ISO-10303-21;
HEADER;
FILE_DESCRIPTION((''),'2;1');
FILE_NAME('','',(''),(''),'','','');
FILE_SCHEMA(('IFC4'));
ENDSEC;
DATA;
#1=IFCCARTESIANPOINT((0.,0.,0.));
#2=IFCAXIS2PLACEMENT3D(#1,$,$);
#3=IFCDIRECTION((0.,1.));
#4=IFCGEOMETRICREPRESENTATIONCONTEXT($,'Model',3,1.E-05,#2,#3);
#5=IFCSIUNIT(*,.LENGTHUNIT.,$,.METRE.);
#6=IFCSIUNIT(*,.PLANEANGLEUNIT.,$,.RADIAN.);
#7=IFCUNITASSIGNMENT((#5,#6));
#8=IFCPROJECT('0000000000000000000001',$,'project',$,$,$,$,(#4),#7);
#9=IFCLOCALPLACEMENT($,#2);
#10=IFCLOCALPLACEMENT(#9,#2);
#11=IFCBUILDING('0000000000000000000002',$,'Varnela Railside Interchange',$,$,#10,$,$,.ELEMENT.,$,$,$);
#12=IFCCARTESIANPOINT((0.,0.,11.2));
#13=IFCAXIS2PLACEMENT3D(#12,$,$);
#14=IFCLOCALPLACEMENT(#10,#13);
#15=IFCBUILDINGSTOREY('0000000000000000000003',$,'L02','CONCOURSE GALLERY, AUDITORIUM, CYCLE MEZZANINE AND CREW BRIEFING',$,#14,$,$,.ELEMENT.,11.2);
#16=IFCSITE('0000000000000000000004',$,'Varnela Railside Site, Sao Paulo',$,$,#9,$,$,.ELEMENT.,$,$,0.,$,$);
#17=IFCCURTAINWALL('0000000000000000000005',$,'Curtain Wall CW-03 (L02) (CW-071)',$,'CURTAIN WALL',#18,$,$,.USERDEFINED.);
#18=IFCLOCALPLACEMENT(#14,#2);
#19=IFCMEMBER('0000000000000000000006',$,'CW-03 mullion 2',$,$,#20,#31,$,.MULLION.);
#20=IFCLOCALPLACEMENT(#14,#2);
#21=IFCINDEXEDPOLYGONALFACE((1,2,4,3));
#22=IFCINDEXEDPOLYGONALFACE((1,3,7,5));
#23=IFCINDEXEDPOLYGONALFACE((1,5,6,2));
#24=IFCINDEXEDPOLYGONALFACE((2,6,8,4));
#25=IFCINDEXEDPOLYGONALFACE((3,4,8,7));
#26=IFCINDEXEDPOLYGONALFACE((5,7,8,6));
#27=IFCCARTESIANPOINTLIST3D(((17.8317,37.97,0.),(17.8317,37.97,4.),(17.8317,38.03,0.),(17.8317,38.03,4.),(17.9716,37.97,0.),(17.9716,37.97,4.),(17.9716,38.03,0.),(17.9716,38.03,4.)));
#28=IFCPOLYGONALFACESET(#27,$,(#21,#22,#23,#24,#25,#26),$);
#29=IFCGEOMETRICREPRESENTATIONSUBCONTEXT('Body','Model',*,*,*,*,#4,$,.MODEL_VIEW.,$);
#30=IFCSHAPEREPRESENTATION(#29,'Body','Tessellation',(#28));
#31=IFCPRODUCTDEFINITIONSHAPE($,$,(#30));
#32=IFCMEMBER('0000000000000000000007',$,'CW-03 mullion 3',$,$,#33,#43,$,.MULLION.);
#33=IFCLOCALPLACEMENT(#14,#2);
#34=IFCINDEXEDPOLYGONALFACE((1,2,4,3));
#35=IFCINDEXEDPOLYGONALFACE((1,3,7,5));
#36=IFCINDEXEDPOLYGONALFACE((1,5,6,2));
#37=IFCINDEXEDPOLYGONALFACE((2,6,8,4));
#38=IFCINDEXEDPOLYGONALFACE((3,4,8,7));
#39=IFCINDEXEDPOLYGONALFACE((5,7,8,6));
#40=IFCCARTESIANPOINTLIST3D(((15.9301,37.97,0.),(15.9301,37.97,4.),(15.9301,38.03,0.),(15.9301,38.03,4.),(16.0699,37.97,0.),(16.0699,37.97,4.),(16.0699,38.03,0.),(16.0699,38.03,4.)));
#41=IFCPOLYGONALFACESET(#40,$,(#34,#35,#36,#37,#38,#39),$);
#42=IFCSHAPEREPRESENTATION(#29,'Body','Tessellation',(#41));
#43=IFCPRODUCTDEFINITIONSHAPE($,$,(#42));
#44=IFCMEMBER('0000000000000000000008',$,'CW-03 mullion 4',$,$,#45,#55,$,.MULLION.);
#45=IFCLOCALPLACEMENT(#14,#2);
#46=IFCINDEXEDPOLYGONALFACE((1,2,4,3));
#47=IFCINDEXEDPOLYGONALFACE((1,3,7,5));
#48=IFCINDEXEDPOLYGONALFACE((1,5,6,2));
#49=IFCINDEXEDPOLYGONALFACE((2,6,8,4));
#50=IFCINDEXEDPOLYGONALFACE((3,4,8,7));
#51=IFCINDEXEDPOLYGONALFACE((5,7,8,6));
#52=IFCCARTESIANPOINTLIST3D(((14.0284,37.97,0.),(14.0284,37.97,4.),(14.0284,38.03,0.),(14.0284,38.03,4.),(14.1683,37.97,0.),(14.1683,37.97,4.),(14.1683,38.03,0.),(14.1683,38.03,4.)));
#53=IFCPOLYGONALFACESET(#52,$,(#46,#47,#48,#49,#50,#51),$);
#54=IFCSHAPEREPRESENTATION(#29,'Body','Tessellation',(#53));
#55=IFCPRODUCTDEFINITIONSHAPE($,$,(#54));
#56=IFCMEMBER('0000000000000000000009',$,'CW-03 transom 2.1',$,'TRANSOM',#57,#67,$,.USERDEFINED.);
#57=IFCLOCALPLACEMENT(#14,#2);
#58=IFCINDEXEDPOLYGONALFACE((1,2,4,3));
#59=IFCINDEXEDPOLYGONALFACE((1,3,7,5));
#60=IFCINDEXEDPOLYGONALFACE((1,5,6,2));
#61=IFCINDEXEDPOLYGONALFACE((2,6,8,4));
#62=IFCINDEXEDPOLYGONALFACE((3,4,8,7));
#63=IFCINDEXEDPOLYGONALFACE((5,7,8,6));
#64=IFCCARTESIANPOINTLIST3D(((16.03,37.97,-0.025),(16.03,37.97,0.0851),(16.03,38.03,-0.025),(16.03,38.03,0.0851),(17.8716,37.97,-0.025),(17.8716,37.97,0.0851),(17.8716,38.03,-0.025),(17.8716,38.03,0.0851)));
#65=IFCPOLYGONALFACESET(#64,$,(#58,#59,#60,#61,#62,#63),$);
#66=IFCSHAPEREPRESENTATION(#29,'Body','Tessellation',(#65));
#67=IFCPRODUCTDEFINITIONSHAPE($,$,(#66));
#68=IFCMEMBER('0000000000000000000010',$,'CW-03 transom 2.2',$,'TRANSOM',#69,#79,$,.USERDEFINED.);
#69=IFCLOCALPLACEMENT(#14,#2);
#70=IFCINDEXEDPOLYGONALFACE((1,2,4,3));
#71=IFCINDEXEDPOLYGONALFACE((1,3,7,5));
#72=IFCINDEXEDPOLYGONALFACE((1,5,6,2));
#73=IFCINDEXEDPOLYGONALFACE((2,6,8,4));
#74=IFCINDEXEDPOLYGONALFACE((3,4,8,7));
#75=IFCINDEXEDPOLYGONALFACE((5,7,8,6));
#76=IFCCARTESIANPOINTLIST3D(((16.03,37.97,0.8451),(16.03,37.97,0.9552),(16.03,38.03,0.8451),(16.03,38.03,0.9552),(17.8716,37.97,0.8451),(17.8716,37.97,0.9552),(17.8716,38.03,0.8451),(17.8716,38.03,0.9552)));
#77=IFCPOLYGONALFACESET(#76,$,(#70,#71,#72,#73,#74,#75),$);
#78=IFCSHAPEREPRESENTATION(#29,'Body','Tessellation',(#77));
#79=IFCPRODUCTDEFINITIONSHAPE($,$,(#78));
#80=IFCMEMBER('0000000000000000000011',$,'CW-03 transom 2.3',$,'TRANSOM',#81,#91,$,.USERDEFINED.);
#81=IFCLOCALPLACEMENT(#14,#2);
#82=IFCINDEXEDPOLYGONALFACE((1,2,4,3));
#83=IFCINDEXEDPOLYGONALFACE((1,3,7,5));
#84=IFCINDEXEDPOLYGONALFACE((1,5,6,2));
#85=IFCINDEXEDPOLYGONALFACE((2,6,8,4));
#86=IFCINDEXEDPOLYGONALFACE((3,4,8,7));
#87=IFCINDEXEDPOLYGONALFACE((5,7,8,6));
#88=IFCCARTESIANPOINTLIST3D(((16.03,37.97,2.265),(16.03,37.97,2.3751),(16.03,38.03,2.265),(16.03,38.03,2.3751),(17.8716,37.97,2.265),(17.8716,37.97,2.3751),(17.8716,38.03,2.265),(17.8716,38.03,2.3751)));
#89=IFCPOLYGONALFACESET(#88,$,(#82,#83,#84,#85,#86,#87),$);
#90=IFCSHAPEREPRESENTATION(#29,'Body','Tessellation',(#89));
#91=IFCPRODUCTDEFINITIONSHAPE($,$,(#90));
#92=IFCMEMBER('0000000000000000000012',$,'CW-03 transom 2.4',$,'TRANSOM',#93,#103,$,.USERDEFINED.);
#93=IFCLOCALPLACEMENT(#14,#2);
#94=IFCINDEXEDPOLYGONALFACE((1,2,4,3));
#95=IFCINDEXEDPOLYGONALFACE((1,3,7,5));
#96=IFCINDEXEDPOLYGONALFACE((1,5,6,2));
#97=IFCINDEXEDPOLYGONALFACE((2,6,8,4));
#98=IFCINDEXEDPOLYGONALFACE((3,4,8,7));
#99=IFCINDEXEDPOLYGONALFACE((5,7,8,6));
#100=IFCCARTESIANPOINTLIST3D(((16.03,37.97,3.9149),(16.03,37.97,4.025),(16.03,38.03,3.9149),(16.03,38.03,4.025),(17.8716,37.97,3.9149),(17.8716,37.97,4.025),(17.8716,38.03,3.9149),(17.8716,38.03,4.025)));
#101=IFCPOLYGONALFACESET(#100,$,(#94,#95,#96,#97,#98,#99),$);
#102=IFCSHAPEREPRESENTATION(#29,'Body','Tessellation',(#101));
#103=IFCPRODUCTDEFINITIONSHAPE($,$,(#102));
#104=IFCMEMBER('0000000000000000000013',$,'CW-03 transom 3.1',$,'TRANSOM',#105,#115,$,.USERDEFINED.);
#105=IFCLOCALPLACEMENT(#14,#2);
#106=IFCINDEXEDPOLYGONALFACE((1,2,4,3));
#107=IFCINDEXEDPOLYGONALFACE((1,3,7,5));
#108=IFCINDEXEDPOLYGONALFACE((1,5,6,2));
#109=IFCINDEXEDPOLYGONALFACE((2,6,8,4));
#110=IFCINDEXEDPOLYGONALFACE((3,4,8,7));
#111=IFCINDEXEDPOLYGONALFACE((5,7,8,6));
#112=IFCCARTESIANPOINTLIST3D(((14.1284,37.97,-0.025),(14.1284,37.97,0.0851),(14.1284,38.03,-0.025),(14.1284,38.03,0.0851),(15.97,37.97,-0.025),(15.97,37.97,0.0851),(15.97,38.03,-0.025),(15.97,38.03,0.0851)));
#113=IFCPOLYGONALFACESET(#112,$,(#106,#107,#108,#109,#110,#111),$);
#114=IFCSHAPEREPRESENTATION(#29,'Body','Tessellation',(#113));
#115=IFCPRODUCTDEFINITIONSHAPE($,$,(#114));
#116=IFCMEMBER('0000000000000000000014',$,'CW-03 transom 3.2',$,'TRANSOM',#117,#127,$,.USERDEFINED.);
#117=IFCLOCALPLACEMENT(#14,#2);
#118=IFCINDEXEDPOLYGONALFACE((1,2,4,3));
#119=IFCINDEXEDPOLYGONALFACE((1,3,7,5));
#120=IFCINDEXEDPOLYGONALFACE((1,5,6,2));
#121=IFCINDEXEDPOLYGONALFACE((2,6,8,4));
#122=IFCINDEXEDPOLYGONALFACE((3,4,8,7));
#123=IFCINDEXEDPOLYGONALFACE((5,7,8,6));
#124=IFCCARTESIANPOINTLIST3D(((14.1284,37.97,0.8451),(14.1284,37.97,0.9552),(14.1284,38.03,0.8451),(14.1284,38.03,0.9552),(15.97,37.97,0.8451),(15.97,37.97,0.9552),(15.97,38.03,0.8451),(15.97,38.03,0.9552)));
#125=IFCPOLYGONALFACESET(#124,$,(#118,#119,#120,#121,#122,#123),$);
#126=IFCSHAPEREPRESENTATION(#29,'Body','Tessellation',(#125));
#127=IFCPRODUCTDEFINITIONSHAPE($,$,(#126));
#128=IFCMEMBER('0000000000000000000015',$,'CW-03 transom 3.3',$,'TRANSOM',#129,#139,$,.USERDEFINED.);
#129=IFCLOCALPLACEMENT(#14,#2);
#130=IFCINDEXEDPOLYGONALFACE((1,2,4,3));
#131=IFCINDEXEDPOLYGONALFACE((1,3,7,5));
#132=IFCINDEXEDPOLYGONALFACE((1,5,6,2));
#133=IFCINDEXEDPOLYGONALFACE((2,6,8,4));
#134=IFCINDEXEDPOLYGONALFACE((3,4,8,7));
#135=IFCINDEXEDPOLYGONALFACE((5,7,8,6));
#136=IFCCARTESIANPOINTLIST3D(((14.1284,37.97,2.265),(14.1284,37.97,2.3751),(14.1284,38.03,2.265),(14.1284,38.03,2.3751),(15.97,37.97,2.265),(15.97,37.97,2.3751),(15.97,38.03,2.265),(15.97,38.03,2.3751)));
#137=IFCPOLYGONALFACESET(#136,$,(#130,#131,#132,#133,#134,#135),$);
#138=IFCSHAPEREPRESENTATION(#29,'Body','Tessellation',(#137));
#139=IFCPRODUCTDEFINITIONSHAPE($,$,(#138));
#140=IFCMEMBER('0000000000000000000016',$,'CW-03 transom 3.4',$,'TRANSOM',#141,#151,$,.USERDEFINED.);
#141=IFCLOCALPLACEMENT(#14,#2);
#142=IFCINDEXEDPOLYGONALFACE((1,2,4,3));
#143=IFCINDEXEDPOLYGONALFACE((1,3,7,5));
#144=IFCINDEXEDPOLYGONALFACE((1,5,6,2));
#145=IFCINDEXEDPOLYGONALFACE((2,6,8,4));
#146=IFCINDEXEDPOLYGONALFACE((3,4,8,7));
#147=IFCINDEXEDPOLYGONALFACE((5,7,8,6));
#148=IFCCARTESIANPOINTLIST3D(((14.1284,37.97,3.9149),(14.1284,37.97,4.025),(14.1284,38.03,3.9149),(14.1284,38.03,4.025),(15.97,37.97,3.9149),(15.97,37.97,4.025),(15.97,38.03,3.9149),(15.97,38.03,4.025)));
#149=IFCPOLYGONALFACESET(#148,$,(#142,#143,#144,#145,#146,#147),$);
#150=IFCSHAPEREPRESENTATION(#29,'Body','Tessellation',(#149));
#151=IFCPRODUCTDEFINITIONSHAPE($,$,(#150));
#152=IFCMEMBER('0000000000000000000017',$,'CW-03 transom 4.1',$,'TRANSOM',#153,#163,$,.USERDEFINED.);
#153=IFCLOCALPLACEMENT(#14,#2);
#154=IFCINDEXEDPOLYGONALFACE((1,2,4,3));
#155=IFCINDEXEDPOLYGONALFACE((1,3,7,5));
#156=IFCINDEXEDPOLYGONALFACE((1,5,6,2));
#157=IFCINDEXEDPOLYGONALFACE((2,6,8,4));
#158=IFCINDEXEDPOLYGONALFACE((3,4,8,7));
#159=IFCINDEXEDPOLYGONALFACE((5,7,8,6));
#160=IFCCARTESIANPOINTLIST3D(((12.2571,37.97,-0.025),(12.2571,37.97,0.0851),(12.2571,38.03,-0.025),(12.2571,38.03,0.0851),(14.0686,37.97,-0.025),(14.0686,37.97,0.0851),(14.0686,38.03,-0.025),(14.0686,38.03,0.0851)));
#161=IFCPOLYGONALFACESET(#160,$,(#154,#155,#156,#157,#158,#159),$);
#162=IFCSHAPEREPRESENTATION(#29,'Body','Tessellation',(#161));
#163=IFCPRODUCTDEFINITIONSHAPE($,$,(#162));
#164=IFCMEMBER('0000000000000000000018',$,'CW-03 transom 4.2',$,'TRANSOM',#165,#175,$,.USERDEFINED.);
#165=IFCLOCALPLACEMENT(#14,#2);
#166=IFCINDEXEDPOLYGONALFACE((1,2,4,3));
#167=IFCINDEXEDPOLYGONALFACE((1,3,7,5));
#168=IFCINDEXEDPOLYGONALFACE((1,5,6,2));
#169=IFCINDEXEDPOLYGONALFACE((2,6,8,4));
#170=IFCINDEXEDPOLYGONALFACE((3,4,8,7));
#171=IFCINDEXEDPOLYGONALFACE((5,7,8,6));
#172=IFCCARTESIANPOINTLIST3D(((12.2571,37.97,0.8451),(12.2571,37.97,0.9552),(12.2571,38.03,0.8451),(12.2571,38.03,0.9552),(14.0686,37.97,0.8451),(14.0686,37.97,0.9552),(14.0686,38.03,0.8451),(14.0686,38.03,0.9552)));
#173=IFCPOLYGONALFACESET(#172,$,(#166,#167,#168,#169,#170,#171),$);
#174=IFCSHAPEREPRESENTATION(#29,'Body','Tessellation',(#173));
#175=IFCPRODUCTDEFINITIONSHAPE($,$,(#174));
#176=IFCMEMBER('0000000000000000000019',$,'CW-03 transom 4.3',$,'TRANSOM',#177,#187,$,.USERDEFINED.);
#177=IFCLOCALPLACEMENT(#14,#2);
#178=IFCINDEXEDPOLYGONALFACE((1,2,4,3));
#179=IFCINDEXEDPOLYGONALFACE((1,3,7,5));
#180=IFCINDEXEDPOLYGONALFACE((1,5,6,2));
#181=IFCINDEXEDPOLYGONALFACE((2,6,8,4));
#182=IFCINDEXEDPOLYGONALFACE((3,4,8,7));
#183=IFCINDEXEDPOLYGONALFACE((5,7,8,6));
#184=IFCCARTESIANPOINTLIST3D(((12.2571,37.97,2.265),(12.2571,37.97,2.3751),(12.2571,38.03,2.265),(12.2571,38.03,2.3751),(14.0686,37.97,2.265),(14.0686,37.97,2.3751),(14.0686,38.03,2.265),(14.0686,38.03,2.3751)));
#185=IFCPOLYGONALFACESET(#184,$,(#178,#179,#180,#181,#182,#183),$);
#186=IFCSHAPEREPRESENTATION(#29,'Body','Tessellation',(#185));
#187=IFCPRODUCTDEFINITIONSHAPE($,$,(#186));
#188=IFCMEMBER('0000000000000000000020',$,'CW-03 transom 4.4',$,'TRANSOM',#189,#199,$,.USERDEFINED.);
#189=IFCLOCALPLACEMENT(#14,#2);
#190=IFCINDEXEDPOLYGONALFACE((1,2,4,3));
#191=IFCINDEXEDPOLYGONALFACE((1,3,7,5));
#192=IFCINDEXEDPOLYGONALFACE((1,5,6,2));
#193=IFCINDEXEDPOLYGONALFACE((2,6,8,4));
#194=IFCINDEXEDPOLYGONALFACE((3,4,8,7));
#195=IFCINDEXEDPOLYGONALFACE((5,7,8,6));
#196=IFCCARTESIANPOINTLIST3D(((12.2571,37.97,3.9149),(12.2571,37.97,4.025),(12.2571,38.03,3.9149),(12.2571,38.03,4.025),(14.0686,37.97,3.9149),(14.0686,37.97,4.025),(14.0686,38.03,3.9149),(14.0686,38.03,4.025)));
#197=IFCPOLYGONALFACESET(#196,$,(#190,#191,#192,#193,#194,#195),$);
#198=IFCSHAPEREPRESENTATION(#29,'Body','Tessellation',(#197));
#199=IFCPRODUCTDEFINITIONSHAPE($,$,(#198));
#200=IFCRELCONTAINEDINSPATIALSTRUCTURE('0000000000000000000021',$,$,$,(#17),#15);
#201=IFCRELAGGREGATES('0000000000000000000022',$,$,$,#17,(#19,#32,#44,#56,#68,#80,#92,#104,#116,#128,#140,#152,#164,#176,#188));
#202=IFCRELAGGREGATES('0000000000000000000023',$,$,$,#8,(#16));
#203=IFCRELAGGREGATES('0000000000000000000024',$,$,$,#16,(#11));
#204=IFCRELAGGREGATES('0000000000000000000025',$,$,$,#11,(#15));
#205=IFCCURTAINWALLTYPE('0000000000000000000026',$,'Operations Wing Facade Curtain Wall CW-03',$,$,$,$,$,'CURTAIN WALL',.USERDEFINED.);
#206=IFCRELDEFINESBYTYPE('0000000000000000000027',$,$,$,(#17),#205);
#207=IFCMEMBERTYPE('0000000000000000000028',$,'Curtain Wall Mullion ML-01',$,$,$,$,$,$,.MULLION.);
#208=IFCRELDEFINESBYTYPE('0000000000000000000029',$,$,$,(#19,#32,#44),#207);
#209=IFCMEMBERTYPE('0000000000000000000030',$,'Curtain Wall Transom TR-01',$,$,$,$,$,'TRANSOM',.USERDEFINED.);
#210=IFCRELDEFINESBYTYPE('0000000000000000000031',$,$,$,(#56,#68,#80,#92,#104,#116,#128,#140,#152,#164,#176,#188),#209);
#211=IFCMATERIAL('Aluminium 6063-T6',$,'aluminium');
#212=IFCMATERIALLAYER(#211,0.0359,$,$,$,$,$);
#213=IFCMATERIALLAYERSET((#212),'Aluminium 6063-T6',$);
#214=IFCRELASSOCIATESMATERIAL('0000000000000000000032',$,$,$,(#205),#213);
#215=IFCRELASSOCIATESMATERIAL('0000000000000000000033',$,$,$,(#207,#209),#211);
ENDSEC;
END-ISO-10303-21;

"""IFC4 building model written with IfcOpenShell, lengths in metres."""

from ifc_helpers import new_model, si_unit, direction, frame, origin, origin_2d, place, context, subcontext, project, spatial, rectangle, extrude, material, layer, layer_set, material_profile, profile_set, type_object, element, aggregate, save


model = new_model("IFC4")

# Units and contexts
model_context = context("Model", 3, precision=1e-05, world=origin(), true_north=direction((0.0, 1.0)))
body_context = subcontext(model_context, "Body", "Model", "MODEL_VIEW")
ifc_project = project(units=[si_unit("LENGTHUNIT", "METRE"), si_unit("PLANEANGLEUNIT", "RADIAN")], contexts=[model_context])

# Site, building, storey
site_placement = place(None, origin())
site = spatial("IfcSite", under=ifc_project, at=site_placement, Name="Varnela Railside Site, Sao Paulo", CompositionType="ELEMENT", RefElevation=0.0)
building_placement = place(site_placement, origin())
building = spatial("IfcBuilding", under=site, at=building_placement, Name="Varnela Railside Interchange", CompositionType="ELEMENT")
storey_placement = place(building_placement, frame((0.0, 0.0, 11.2)))
storey = spatial("IfcBuildingStorey", under=building, at=storey_placement, Name="L02", Description="CONCOURSE GALLERY, AUDITORIUM, CYCLE MEZZANINE AND CREW BRIEFING", CompositionType="ELEMENT", Elevation=11.2)

# Curtain wall, members
ifc_material_1 = material(Name="Aluminium 6063-T6", Category="aluminium")
ifc_layer_1 = layer(ifc_material_1, 0.0359)
ifc_layer_set_1 = layer_set([ifc_layer_1], Name="Aluminium 6063-T6")
curtain_wall_type = type_object("IfcCurtainWallType", Name="Operations Wing Facade Curtain Wall CW-03", ElementType="CURTAIN WALL", PredefinedType="USERDEFINED", material=ifc_layer_set_1)
curtain_wall_placement = place(storey_placement, origin())
curtain_wall = element("IfcCurtainWall", 1, at=curtain_wall_placement, inside=storey, type_object=curtain_wall_type, Name="Curtain Wall CW-03 (L02) (CW-071)", ObjectType="CURTAIN WALL", PredefinedType="USERDEFINED")
ifc_material_profile_1 = material_profile(ifc_material_1, rectangle(XDim=0.0601, YDim=0.1399, at=origin_2d()), Name="ALU 60x140")
ifc_profile_set_1 = profile_set([ifc_material_profile_1], Name="Aluminium 6063-T6")
member_type_1 = type_object("IfcMemberType", Name="Curtain Wall Mullion ML-01", PredefinedType="MULLION", material=ifc_profile_set_1)
member_1_placement = place(storey_placement, frame((17.9016, 38.0, 0.0), z_axis=(0.0, 0.0, 1.0), x_axis=(0.0, -1.0, 0.0)))
member_1 = element("IfcMember", 2, at=member_1_placement, type_object=member_type_1, Name="CW-03 mullion 2", PredefinedType="MULLION", context=body_context, shape_type="SweptSolid", body=[
    extrude(rectangle(XDim=0.0601, YDim=0.1399, at=origin_2d()), origin(), (0.0, 0.0, 1.0), 4.0),
])
member_2_placement = place(storey_placement, frame((16.0, 38.0, 0.0), z_axis=(0.0, 0.0, 1.0), x_axis=(0.0, -1.0, 0.0)))
member_2 = element("IfcMember", 3, at=member_2_placement, type_object=member_type_1, Name="CW-03 mullion 3", PredefinedType="MULLION", context=body_context, shape_type="SweptSolid", body=[
    extrude(rectangle(XDim=0.0601, YDim=0.1399, at=origin_2d()), origin(), (0.0, 0.0, 1.0), 4.0),
])
member_3_placement = place(storey_placement, frame((14.0984, 38.0, 0.0), z_axis=(0.0, 0.0, 1.0), x_axis=(0.0, -1.0, 0.0)))
member_3 = element("IfcMember", 4, at=member_3_placement, type_object=member_type_1, Name="CW-03 mullion 4", PredefinedType="MULLION", context=body_context, shape_type="SweptSolid", body=[
    extrude(rectangle(XDim=0.0601, YDim=0.1399, at=origin_2d()), origin(), (0.0, 0.0, 1.0), 4.0),
])
ifc_material_profile_2 = material_profile(ifc_material_1, rectangle(XDim=0.0601, YDim=0.1101, at=origin_2d()), Name="ALU 60x110")
ifc_profile_set_2 = profile_set([ifc_material_profile_2], Name="Aluminium 6063-T6")
member_type_2 = type_object("IfcMemberType", Name="Curtain Wall Transom TR-01", ElementType="TRANSOM", PredefinedType="USERDEFINED", material=ifc_profile_set_2)
member_4_placement = place(storey_placement, frame((17.8716, 38.0, 0.03), z_axis=(-1.0, 0.0, 0.0), x_axis=(0.0, -1.0, 0.0)))
member_4 = element("IfcMember", 5, at=member_4_placement, type_object=member_type_2, Name="CW-03 transom 2.1", ObjectType="TRANSOM", PredefinedType="USERDEFINED", context=body_context, shape_type="SweptSolid", body=[
    extrude(rectangle(XDim=0.0601, YDim=0.1101, at=origin_2d()), origin(), (0.0, 0.0, 1.0), 1.8416),
])
member_5_placement = place(storey_placement, frame((17.8716, 38.0, 0.9001), z_axis=(-1.0, 0.0, 0.0), x_axis=(0.0, -1.0, 0.0)))
member_5 = element("IfcMember", 6, at=member_5_placement, type_object=member_type_2, Name="CW-03 transom 2.2", ObjectType="TRANSOM", PredefinedType="USERDEFINED", context=body_context, shape_type="SweptSolid", body=[
    extrude(rectangle(XDim=0.0601, YDim=0.1101, at=origin_2d()), origin(), (0.0, 0.0, 1.0), 1.8416),
])
member_6_placement = place(storey_placement, frame((17.8716, 38.0, 2.3201), z_axis=(-1.0, 0.0, 0.0), x_axis=(0.0, -1.0, 0.0)))
member_6 = element("IfcMember", 7, at=member_6_placement, type_object=member_type_2, Name="CW-03 transom 2.3", ObjectType="TRANSOM", PredefinedType="USERDEFINED", context=body_context, shape_type="SweptSolid", body=[
    extrude(rectangle(XDim=0.0601, YDim=0.1101, at=origin_2d()), origin(), (0.0, 0.0, 1.0), 1.8416),
])
member_7_placement = place(storey_placement, frame((17.8716, 38.0, 3.97), z_axis=(-1.0, 0.0, 0.0), x_axis=(0.0, -1.0, 0.0)))
member_7 = element("IfcMember", 8, at=member_7_placement, type_object=member_type_2, Name="CW-03 transom 2.4", ObjectType="TRANSOM", PredefinedType="USERDEFINED", context=body_context, shape_type="SweptSolid", body=[
    extrude(rectangle(XDim=0.0601, YDim=0.1101, at=origin_2d()), origin(), (0.0, 0.0, 1.0), 1.8416),
])
member_8_placement = place(storey_placement, frame((15.97, 38.0, 0.03), z_axis=(-1.0, 0.0, 0.0), x_axis=(0.0, -1.0, 0.0)))
member_8 = element("IfcMember", 9, at=member_8_placement, type_object=member_type_2, Name="CW-03 transom 3.1", ObjectType="TRANSOM", PredefinedType="USERDEFINED", context=body_context, shape_type="SweptSolid", body=[
    extrude(rectangle(XDim=0.0601, YDim=0.1101, at=origin_2d()), origin(), (0.0, 0.0, 1.0), 1.8416),
])
member_9_placement = place(storey_placement, frame((15.97, 38.0, 0.9001), z_axis=(-1.0, 0.0, 0.0), x_axis=(0.0, -1.0, 0.0)))
member_9 = element("IfcMember", 10, at=member_9_placement, type_object=member_type_2, Name="CW-03 transom 3.2", ObjectType="TRANSOM", PredefinedType="USERDEFINED", context=body_context, shape_type="SweptSolid", body=[
    extrude(rectangle(XDim=0.0601, YDim=0.1101, at=origin_2d()), origin(), (0.0, 0.0, 1.0), 1.8416),
])
member_10_placement = place(storey_placement, frame((15.97, 38.0, 2.3201), z_axis=(-1.0, 0.0, 0.0), x_axis=(0.0, -1.0, 0.0)))
member_10 = element("IfcMember", 11, at=member_10_placement, type_object=member_type_2, Name="CW-03 transom 3.3", ObjectType="TRANSOM", PredefinedType="USERDEFINED", context=body_context, shape_type="SweptSolid", body=[
    extrude(rectangle(XDim=0.0601, YDim=0.1101, at=origin_2d()), origin(), (0.0, 0.0, 1.0), 1.8416),
])
member_11_placement = place(storey_placement, frame((15.97, 38.0, 3.97), z_axis=(-1.0, 0.0, 0.0), x_axis=(0.0, -1.0, 0.0)))
member_11 = element("IfcMember", 12, at=member_11_placement, type_object=member_type_2, Name="CW-03 transom 3.4", ObjectType="TRANSOM", PredefinedType="USERDEFINED", context=body_context, shape_type="SweptSolid", body=[
    extrude(rectangle(XDim=0.0601, YDim=0.1101, at=origin_2d()), origin(), (0.0, 0.0, 1.0), 1.8416),
])
member_12_placement = place(storey_placement, frame((14.0686, 38.0, 0.03), z_axis=(-1.0, 0.0, 0.0), x_axis=(0.0, -1.0, 0.0)))
member_12 = element("IfcMember", 13, at=member_12_placement, type_object=member_type_2, Name="CW-03 transom 4.1", ObjectType="TRANSOM", PredefinedType="USERDEFINED", context=body_context, shape_type="SweptSolid", body=[
    extrude(rectangle(XDim=0.0601, YDim=0.1101, at=origin_2d()), origin(), (0.0, 0.0, 1.0), 1.8115),
])
member_13_placement = place(storey_placement, frame((14.0686, 38.0, 0.9001), z_axis=(-1.0, 0.0, 0.0), x_axis=(0.0, -1.0, 0.0)))
member_13 = element("IfcMember", 14, at=member_13_placement, type_object=member_type_2, Name="CW-03 transom 4.2", ObjectType="TRANSOM", PredefinedType="USERDEFINED", context=body_context, shape_type="SweptSolid", body=[
    extrude(rectangle(XDim=0.0601, YDim=0.1101, at=origin_2d()), origin(), (0.0, 0.0, 1.0), 1.8115),
])
member_14_placement = place(storey_placement, frame((14.0686, 38.0, 2.3201), z_axis=(-1.0, 0.0, 0.0), x_axis=(0.0, -1.0, 0.0)))
member_14 = element("IfcMember", 15, at=member_14_placement, type_object=member_type_2, Name="CW-03 transom 4.3", ObjectType="TRANSOM", PredefinedType="USERDEFINED", context=body_context, shape_type="SweptSolid", body=[
    extrude(rectangle(XDim=0.0601, YDim=0.1101, at=origin_2d()), origin(), (0.0, 0.0, 1.0), 1.8115),
])
member_15_placement = place(storey_placement, frame((14.0686, 38.0, 3.97), z_axis=(-1.0, 0.0, 0.0), x_axis=(0.0, -1.0, 0.0)))
member_15 = element("IfcMember", 16, at=member_15_placement, type_object=member_type_2, Name="CW-03 transom 4.4", ObjectType="TRANSOM", PredefinedType="USERDEFINED", context=body_context, shape_type="SweptSolid", body=[
    extrude(rectangle(XDim=0.0601, YDim=0.1101, at=origin_2d()), origin(), (0.0, 0.0, 1.0), 1.8115),
])
aggregate(curtain_wall, [member_1, member_2, member_3, member_4, member_5, member_6, member_7, member_8, member_9, member_10, member_11, member_12, member_13, member_14, member_15])

save(model, "model.ifc")
